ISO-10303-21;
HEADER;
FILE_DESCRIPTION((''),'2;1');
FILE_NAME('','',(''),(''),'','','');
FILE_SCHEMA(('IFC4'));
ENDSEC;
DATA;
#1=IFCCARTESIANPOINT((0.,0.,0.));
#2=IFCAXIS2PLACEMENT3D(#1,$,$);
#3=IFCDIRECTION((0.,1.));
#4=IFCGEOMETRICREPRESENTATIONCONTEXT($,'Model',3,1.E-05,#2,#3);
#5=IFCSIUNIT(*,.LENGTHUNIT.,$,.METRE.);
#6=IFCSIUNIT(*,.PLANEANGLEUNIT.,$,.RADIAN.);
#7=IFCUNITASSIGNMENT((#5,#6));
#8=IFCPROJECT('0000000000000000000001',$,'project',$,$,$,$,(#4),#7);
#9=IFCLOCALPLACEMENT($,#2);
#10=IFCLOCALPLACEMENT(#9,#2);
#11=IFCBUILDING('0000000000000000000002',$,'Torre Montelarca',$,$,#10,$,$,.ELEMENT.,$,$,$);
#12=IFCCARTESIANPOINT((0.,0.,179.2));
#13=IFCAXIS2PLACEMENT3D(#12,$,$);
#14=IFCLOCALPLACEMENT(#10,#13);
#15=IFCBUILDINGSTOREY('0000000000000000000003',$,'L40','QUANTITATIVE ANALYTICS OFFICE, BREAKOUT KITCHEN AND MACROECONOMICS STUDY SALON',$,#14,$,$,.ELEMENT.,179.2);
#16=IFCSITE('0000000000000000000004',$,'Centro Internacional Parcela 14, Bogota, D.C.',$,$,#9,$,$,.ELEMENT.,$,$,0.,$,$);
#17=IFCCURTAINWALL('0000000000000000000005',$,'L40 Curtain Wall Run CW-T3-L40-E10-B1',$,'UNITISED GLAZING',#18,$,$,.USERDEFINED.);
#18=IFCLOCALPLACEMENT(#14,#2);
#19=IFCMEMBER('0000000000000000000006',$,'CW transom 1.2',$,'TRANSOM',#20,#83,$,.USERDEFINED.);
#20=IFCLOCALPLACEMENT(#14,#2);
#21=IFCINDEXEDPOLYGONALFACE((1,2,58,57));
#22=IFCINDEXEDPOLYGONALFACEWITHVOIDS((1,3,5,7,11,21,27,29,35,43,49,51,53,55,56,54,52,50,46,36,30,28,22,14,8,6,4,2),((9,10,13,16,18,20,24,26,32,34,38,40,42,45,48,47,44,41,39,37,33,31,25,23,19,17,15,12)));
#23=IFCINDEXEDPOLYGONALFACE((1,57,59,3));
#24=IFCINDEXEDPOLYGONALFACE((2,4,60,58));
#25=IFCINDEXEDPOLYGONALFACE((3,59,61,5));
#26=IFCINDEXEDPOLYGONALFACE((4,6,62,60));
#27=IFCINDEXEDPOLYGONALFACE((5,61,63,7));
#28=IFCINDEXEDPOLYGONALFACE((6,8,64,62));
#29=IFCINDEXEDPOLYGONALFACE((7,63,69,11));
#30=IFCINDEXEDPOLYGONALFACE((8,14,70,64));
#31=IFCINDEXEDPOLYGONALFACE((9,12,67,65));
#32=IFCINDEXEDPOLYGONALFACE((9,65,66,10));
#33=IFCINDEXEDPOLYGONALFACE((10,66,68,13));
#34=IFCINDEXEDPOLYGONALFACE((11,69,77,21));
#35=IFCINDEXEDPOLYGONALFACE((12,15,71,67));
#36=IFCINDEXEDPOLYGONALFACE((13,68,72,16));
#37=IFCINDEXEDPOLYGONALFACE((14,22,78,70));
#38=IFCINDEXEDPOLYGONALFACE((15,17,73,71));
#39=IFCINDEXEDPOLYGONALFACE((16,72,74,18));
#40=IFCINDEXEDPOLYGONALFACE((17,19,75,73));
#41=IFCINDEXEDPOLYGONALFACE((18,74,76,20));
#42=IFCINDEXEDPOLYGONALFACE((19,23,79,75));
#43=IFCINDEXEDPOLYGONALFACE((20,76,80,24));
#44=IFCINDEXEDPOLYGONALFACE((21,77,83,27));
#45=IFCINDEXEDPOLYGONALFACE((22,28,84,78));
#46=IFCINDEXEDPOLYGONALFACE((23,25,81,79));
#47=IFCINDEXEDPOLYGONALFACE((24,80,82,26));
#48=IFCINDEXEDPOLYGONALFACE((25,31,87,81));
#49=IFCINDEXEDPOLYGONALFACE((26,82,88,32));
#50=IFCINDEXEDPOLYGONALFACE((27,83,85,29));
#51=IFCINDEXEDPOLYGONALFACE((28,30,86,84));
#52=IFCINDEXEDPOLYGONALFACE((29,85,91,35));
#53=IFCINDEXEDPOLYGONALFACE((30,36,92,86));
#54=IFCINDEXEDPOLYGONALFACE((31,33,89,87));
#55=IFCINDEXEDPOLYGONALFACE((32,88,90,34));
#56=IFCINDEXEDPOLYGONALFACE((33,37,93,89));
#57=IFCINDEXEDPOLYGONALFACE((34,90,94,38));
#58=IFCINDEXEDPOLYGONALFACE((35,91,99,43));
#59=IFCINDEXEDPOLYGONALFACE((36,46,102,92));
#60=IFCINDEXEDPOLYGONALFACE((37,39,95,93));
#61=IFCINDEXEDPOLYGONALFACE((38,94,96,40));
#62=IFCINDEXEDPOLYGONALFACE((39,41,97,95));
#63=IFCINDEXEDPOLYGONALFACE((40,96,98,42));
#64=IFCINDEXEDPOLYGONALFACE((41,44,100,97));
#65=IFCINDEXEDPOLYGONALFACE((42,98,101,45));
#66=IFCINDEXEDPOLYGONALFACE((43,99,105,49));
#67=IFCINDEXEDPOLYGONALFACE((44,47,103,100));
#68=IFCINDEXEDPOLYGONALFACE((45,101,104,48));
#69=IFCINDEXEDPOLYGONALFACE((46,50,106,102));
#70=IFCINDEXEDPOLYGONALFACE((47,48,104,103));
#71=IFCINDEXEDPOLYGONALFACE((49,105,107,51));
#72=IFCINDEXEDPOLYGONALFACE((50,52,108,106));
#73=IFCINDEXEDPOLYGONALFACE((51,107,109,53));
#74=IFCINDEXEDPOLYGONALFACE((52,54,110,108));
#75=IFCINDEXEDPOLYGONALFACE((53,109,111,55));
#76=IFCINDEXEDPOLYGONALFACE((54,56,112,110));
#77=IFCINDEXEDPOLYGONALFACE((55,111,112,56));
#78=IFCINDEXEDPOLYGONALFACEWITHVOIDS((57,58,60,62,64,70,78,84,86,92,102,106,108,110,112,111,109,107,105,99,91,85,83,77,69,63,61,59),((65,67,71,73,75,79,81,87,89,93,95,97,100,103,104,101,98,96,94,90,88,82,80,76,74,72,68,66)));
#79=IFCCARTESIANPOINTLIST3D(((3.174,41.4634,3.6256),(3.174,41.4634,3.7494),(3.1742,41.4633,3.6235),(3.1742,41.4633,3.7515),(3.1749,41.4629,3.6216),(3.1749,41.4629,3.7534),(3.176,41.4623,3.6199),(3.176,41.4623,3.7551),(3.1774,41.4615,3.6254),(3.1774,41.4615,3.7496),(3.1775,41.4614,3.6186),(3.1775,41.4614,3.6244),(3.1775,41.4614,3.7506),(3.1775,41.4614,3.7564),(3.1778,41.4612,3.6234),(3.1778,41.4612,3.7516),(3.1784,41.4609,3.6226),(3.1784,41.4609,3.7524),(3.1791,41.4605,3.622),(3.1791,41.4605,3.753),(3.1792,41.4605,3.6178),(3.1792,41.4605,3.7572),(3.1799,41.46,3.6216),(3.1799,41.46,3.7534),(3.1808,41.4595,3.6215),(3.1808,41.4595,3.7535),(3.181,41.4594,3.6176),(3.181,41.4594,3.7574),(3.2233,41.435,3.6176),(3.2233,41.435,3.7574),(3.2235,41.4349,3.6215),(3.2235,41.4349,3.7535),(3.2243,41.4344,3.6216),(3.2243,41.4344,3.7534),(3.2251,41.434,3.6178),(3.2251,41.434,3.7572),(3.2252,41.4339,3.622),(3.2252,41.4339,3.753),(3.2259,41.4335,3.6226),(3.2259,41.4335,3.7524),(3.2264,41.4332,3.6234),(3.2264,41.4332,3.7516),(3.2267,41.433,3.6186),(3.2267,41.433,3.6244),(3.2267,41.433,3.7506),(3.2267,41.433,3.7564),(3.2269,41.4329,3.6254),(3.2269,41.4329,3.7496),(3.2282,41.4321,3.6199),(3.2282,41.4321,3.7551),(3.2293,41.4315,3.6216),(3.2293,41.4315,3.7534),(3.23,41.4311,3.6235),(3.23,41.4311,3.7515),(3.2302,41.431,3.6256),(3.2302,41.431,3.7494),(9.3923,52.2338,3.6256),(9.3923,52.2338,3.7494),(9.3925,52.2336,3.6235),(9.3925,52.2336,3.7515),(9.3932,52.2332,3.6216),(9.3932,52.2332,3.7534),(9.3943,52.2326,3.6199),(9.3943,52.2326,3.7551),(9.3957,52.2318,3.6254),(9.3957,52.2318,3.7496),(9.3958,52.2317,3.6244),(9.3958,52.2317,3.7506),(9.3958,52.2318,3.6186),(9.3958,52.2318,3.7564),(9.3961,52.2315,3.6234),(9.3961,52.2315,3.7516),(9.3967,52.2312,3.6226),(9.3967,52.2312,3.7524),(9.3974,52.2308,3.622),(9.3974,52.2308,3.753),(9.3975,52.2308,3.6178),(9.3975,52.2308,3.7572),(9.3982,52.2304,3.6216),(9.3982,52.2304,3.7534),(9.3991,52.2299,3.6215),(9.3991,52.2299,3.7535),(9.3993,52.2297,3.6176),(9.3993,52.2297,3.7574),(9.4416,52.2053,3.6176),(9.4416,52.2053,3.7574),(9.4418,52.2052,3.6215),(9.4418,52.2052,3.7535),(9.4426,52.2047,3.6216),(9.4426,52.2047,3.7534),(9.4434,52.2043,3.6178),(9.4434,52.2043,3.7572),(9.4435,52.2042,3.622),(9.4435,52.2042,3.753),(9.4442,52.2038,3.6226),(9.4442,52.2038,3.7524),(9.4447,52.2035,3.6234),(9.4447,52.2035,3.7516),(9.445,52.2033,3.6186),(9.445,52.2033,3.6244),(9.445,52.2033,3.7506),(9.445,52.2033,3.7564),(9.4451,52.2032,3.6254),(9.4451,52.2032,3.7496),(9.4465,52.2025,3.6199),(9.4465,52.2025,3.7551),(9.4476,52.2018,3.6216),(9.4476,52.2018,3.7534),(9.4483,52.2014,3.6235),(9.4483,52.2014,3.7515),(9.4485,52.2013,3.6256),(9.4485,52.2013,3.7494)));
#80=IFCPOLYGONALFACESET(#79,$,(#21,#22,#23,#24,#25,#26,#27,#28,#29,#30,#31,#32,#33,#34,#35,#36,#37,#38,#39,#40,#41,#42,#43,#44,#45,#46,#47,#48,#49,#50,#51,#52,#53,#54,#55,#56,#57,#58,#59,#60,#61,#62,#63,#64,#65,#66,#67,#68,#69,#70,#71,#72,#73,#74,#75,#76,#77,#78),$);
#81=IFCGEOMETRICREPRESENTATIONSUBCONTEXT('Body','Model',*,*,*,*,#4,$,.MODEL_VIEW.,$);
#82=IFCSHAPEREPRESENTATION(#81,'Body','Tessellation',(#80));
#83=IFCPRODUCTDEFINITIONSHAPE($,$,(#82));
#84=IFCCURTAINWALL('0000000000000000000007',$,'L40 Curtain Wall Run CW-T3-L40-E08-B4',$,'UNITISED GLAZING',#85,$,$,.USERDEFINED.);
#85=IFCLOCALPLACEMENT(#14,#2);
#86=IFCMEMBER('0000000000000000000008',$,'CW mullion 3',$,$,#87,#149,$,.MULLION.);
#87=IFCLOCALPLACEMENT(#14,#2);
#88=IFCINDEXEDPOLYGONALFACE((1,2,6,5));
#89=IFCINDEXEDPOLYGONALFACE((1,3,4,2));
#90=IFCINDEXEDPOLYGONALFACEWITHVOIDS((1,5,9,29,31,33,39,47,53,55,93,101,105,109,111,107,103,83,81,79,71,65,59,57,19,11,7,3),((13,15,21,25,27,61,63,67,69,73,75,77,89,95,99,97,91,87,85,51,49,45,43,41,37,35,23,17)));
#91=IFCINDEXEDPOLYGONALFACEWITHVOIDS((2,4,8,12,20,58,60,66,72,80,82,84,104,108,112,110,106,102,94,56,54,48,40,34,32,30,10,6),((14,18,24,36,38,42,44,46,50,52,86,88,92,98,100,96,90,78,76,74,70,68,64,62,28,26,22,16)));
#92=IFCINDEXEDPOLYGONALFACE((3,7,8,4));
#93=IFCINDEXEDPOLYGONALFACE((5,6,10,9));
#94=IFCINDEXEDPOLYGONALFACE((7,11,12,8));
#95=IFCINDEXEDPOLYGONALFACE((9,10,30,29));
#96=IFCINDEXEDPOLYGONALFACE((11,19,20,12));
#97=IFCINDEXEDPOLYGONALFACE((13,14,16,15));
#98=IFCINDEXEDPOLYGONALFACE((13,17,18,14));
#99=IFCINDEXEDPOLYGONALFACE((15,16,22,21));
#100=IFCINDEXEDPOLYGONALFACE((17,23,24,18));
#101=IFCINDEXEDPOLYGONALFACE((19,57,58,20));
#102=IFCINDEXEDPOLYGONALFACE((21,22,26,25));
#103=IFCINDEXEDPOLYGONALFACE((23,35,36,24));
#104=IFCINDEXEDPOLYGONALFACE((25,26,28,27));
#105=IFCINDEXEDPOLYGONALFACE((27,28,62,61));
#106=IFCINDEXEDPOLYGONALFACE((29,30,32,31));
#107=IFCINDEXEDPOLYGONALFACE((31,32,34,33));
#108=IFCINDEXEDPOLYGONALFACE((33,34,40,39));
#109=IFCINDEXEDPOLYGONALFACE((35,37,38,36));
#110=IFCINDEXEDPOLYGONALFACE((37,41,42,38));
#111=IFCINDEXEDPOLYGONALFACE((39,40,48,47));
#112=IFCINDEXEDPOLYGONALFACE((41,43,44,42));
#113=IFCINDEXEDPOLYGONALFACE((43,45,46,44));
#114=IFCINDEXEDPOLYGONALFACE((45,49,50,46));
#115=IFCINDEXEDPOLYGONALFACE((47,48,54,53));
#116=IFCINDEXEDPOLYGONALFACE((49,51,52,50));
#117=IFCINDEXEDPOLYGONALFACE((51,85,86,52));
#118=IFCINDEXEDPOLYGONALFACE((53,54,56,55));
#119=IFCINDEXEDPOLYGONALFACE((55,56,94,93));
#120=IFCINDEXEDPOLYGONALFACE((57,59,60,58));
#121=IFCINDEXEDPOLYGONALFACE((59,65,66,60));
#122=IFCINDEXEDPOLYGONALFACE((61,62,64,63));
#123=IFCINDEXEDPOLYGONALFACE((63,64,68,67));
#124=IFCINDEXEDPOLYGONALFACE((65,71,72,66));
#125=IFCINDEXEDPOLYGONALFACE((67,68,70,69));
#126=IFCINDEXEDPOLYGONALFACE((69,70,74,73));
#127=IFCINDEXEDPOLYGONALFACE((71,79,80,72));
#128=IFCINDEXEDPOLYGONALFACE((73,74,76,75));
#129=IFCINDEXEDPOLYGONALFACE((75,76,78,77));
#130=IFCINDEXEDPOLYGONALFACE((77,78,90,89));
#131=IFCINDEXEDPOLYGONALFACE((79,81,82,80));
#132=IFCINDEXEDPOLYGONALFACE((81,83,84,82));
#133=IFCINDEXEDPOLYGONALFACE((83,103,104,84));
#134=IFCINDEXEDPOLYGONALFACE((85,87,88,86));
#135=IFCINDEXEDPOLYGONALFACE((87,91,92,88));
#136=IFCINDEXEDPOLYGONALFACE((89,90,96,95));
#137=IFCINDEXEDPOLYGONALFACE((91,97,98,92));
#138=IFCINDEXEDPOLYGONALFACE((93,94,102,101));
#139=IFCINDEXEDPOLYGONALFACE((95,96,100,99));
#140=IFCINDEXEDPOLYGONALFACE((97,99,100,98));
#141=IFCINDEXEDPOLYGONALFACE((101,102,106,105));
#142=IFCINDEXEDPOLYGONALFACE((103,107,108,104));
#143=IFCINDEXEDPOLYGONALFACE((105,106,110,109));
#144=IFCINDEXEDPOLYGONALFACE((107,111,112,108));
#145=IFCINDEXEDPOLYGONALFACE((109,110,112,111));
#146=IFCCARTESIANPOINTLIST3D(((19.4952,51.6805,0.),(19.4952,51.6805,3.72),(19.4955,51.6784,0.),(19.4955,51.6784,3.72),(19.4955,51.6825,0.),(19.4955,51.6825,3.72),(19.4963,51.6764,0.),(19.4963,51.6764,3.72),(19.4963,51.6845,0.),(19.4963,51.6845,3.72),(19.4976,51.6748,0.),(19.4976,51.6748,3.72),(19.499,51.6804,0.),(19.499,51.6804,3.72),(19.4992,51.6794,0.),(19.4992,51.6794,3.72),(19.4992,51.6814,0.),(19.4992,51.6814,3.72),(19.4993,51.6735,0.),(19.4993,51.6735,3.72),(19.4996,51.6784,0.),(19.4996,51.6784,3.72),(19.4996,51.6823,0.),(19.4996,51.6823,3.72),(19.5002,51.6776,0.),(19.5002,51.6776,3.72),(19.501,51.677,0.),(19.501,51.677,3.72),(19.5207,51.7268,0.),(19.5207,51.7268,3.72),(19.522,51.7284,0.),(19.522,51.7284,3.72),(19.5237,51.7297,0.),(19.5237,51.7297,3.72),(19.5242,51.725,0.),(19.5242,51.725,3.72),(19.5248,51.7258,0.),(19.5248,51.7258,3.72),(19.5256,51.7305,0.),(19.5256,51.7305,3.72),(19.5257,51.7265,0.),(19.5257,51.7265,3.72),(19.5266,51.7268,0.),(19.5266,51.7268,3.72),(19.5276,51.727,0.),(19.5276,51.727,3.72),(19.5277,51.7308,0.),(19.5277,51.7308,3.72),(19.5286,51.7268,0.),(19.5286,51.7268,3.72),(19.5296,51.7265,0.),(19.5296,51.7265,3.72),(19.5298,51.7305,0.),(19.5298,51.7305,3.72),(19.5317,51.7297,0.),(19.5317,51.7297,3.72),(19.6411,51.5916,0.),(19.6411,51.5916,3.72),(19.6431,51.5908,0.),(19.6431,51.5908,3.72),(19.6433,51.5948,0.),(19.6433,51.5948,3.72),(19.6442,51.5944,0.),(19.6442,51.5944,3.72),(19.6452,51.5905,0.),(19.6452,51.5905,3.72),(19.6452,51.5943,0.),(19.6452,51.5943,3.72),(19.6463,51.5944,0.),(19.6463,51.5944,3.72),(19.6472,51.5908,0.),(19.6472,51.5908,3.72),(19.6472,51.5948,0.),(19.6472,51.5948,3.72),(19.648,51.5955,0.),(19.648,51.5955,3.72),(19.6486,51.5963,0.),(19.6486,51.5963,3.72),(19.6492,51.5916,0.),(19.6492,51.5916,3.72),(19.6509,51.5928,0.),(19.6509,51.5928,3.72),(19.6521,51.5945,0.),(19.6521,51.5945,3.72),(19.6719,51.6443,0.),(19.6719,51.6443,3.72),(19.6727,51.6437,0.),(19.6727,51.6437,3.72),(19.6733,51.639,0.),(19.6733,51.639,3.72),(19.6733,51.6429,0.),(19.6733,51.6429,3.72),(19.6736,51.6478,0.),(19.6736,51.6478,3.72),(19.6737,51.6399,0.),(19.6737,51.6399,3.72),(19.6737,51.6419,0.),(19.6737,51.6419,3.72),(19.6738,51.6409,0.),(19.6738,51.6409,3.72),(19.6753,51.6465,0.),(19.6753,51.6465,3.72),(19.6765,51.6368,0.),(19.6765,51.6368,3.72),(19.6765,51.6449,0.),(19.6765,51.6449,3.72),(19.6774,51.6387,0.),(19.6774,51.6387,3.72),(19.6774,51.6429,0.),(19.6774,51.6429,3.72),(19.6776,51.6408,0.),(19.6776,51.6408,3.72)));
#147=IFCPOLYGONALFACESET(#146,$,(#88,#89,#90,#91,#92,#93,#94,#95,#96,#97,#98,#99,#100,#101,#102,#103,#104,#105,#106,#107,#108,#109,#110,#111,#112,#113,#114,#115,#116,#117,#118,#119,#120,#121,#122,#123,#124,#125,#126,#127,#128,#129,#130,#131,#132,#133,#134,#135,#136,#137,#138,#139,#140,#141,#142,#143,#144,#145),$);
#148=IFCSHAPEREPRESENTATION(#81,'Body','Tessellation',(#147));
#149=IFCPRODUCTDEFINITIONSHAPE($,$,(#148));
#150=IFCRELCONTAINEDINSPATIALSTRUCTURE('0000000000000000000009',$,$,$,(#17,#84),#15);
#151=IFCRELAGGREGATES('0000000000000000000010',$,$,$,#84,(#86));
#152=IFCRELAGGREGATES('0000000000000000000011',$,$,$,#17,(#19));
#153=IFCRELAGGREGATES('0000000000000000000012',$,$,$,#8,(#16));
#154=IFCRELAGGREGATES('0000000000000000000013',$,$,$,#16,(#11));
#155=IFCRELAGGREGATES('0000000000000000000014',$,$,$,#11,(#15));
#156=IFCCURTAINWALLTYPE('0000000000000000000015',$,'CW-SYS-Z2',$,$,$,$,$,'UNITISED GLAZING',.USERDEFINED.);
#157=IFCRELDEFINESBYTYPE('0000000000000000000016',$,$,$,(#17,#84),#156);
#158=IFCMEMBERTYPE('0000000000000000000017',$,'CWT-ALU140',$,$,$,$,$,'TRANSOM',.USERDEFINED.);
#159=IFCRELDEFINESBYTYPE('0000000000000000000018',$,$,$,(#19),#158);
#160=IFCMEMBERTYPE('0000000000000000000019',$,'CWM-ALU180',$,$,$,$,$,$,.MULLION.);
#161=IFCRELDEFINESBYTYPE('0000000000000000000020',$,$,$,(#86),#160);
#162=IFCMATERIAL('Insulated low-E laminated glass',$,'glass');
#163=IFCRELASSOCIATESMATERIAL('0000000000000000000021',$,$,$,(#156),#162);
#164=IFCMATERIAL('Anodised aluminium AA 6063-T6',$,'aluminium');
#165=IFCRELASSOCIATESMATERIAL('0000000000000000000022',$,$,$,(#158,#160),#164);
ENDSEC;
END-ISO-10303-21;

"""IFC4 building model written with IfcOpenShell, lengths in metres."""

from ifc_helpers import new_model, si_unit, direction, frame, origin, origin_2d, place, context, subcontext, project, spatial, hollow_rectangle, extrude, source, transform, mapped, material, material_profile, profile_set, type_object, element, aggregate, save


model = new_model("IFC4")

# Units and contexts
model_context = context("Model", 3, precision=1e-05, world=origin(), true_north=direction((0.0, 1.0)))
body_context = subcontext(model_context, "Body", "Model", "MODEL_VIEW")
ifc_project = project(units=[si_unit("LENGTHUNIT", "METRE"), si_unit("PLANEANGLEUNIT", "RADIAN")], contexts=[model_context])

# Site, building, storey
site_placement = place(None, origin())
site = spatial("IfcSite", under=ifc_project, at=site_placement, Name="Centro Internacional Parcela 14, Bogota, D.C.", CompositionType="ELEMENT", RefElevation=0.0)
building_placement = place(site_placement, origin())
building = spatial("IfcBuilding", under=site, at=building_placement, Name="Torre Montelarca", CompositionType="ELEMENT")
storey_placement = place(building_placement, frame((0.0, 0.0, 179.2)))
storey = spatial("IfcBuildingStorey", under=building, at=storey_placement, Name="L40", Description="QUANTITATIVE ANALYTICS OFFICE, BREAKOUT KITCHEN AND MACROECONOMICS STUDY SALON", CompositionType="ELEMENT", Elevation=179.2)

# Curtain wall, member
ifc_material_1 = material(Name="Insulated low-E laminated glass", Category="glass")
curtain_wall_type = type_object("IfcCurtainWallType", Name="CW-SYS-Z2", ElementType="UNITISED GLAZING", PredefinedType="USERDEFINED", material=ifc_material_1)
ifc_material_2 = material(Name="Anodised aluminium AA 6063-T6", Category="aluminium")
ifc_material_profile_1 = material_profile(ifc_material_2, hollow_rectangle(XDim=0.0649, YDim=0.1399, WallThickness=0.0039, InnerFilletRadius=0.0039, OuterFilletRadius=0.0081, at=origin_2d()), Name="ALU65X140X4", Category="aluminium")
ifc_profile_set_1 = profile_set([ifc_material_profile_1], Name="Anodised aluminium AA 6063-T6")
member_type_1 = type_object("IfcMemberType", Name="CWT-ALU140", ElementType="TRANSOM", PredefinedType="USERDEFINED", material=ifc_profile_set_1)
curtain_wall_1_placement = place(storey_placement, origin())
curtain_wall_1 = element("IfcCurtainWall", 1, at=curtain_wall_1_placement, inside=storey, type_object=curtain_wall_type, Name="L40 Curtain Wall Run CW-T3-L40-E10-B1", ObjectType="UNITISED GLAZING", PredefinedType="USERDEFINED")
shared_shape_1 = source(origin(), body_context, "Body", "SweptSolid", [
    extrude(hollow_rectangle(XDim=0.0649, YDim=0.1399, WallThickness=0.0039, InnerFilletRadius=0.0039, OuterFilletRadius=0.0081, at=origin_2d()), origin(), (0.0, 0.0, 1.0), 12.4365),
])
member_1_placement = place(storey_placement, frame((9.4204, 52.2175, 3.6875), z_axis=(-0.500003, -0.866024, 0.0), x_axis=(0.866024, -0.500003, 0.0)))
member_1 = element("IfcMember", 2, at=member_1_placement, type_object=member_type_1, Name="CW transom 1.2", ObjectType="TRANSOM", PredefinedType="USERDEFINED", context=body_context, shape_type="MappedRepresentation", body=[
    mapped(shared_shape_1, transform((0.0, 0.0, 0.0), scale=1.0)),
])

# Curtain wall, member
curtain_wall_2_placement = place(storey_placement, origin())
curtain_wall_2 = element("IfcCurtainWall", 3, at=curtain_wall_2_placement, inside=storey, type_object=curtain_wall_type, Name="L40 Curtain Wall Run CW-T3-L40-E08-B4", ObjectType="UNITISED GLAZING", PredefinedType="USERDEFINED")
ifc_material_profile_2 = material_profile(ifc_material_2, hollow_rectangle(XDim=0.0649, YDim=0.1799, WallThickness=0.0039, InnerFilletRadius=0.0039, OuterFilletRadius=0.0081, at=origin_2d()), Name="ALU65X180X4", Category="aluminium")
ifc_profile_set_2 = profile_set([ifc_material_profile_2], Name="Anodised aluminium AA 6063-T6")
member_type_2 = type_object("IfcMemberType", Name="CWM-ALU180", PredefinedType="MULLION", material=ifc_profile_set_2)
shared_shape_2 = source(origin(), body_context, "Body", "SweptSolid", [
    extrude(hollow_rectangle(XDim=0.0649, YDim=0.1799, WallThickness=0.0039, InnerFilletRadius=0.0039, OuterFilletRadius=0.0081, at=origin_2d()), origin(), (0.0, 0.0, 1.0), 3.72),
])
member_2_placement = place(storey_placement, frame((19.5864, 51.6606, 0.0), z_axis=(0.0, 0.0, 1.0), x_axis=(-0.500001, -0.866025, 0.0)))
member_2 = element("IfcMember", 4, at=member_2_placement, type_object=member_type_2, Name="CW mullion 3", PredefinedType="MULLION", context=body_context, shape_type="MappedRepresentation", body=[
    mapped(shared_shape_2, transform((0.0, 0.0, 0.0), scale=1.0)),
])

aggregate(curtain_wall_2, [member_2])
aggregate(curtain_wall_1, [member_1])

save(model, "model.ifc")
